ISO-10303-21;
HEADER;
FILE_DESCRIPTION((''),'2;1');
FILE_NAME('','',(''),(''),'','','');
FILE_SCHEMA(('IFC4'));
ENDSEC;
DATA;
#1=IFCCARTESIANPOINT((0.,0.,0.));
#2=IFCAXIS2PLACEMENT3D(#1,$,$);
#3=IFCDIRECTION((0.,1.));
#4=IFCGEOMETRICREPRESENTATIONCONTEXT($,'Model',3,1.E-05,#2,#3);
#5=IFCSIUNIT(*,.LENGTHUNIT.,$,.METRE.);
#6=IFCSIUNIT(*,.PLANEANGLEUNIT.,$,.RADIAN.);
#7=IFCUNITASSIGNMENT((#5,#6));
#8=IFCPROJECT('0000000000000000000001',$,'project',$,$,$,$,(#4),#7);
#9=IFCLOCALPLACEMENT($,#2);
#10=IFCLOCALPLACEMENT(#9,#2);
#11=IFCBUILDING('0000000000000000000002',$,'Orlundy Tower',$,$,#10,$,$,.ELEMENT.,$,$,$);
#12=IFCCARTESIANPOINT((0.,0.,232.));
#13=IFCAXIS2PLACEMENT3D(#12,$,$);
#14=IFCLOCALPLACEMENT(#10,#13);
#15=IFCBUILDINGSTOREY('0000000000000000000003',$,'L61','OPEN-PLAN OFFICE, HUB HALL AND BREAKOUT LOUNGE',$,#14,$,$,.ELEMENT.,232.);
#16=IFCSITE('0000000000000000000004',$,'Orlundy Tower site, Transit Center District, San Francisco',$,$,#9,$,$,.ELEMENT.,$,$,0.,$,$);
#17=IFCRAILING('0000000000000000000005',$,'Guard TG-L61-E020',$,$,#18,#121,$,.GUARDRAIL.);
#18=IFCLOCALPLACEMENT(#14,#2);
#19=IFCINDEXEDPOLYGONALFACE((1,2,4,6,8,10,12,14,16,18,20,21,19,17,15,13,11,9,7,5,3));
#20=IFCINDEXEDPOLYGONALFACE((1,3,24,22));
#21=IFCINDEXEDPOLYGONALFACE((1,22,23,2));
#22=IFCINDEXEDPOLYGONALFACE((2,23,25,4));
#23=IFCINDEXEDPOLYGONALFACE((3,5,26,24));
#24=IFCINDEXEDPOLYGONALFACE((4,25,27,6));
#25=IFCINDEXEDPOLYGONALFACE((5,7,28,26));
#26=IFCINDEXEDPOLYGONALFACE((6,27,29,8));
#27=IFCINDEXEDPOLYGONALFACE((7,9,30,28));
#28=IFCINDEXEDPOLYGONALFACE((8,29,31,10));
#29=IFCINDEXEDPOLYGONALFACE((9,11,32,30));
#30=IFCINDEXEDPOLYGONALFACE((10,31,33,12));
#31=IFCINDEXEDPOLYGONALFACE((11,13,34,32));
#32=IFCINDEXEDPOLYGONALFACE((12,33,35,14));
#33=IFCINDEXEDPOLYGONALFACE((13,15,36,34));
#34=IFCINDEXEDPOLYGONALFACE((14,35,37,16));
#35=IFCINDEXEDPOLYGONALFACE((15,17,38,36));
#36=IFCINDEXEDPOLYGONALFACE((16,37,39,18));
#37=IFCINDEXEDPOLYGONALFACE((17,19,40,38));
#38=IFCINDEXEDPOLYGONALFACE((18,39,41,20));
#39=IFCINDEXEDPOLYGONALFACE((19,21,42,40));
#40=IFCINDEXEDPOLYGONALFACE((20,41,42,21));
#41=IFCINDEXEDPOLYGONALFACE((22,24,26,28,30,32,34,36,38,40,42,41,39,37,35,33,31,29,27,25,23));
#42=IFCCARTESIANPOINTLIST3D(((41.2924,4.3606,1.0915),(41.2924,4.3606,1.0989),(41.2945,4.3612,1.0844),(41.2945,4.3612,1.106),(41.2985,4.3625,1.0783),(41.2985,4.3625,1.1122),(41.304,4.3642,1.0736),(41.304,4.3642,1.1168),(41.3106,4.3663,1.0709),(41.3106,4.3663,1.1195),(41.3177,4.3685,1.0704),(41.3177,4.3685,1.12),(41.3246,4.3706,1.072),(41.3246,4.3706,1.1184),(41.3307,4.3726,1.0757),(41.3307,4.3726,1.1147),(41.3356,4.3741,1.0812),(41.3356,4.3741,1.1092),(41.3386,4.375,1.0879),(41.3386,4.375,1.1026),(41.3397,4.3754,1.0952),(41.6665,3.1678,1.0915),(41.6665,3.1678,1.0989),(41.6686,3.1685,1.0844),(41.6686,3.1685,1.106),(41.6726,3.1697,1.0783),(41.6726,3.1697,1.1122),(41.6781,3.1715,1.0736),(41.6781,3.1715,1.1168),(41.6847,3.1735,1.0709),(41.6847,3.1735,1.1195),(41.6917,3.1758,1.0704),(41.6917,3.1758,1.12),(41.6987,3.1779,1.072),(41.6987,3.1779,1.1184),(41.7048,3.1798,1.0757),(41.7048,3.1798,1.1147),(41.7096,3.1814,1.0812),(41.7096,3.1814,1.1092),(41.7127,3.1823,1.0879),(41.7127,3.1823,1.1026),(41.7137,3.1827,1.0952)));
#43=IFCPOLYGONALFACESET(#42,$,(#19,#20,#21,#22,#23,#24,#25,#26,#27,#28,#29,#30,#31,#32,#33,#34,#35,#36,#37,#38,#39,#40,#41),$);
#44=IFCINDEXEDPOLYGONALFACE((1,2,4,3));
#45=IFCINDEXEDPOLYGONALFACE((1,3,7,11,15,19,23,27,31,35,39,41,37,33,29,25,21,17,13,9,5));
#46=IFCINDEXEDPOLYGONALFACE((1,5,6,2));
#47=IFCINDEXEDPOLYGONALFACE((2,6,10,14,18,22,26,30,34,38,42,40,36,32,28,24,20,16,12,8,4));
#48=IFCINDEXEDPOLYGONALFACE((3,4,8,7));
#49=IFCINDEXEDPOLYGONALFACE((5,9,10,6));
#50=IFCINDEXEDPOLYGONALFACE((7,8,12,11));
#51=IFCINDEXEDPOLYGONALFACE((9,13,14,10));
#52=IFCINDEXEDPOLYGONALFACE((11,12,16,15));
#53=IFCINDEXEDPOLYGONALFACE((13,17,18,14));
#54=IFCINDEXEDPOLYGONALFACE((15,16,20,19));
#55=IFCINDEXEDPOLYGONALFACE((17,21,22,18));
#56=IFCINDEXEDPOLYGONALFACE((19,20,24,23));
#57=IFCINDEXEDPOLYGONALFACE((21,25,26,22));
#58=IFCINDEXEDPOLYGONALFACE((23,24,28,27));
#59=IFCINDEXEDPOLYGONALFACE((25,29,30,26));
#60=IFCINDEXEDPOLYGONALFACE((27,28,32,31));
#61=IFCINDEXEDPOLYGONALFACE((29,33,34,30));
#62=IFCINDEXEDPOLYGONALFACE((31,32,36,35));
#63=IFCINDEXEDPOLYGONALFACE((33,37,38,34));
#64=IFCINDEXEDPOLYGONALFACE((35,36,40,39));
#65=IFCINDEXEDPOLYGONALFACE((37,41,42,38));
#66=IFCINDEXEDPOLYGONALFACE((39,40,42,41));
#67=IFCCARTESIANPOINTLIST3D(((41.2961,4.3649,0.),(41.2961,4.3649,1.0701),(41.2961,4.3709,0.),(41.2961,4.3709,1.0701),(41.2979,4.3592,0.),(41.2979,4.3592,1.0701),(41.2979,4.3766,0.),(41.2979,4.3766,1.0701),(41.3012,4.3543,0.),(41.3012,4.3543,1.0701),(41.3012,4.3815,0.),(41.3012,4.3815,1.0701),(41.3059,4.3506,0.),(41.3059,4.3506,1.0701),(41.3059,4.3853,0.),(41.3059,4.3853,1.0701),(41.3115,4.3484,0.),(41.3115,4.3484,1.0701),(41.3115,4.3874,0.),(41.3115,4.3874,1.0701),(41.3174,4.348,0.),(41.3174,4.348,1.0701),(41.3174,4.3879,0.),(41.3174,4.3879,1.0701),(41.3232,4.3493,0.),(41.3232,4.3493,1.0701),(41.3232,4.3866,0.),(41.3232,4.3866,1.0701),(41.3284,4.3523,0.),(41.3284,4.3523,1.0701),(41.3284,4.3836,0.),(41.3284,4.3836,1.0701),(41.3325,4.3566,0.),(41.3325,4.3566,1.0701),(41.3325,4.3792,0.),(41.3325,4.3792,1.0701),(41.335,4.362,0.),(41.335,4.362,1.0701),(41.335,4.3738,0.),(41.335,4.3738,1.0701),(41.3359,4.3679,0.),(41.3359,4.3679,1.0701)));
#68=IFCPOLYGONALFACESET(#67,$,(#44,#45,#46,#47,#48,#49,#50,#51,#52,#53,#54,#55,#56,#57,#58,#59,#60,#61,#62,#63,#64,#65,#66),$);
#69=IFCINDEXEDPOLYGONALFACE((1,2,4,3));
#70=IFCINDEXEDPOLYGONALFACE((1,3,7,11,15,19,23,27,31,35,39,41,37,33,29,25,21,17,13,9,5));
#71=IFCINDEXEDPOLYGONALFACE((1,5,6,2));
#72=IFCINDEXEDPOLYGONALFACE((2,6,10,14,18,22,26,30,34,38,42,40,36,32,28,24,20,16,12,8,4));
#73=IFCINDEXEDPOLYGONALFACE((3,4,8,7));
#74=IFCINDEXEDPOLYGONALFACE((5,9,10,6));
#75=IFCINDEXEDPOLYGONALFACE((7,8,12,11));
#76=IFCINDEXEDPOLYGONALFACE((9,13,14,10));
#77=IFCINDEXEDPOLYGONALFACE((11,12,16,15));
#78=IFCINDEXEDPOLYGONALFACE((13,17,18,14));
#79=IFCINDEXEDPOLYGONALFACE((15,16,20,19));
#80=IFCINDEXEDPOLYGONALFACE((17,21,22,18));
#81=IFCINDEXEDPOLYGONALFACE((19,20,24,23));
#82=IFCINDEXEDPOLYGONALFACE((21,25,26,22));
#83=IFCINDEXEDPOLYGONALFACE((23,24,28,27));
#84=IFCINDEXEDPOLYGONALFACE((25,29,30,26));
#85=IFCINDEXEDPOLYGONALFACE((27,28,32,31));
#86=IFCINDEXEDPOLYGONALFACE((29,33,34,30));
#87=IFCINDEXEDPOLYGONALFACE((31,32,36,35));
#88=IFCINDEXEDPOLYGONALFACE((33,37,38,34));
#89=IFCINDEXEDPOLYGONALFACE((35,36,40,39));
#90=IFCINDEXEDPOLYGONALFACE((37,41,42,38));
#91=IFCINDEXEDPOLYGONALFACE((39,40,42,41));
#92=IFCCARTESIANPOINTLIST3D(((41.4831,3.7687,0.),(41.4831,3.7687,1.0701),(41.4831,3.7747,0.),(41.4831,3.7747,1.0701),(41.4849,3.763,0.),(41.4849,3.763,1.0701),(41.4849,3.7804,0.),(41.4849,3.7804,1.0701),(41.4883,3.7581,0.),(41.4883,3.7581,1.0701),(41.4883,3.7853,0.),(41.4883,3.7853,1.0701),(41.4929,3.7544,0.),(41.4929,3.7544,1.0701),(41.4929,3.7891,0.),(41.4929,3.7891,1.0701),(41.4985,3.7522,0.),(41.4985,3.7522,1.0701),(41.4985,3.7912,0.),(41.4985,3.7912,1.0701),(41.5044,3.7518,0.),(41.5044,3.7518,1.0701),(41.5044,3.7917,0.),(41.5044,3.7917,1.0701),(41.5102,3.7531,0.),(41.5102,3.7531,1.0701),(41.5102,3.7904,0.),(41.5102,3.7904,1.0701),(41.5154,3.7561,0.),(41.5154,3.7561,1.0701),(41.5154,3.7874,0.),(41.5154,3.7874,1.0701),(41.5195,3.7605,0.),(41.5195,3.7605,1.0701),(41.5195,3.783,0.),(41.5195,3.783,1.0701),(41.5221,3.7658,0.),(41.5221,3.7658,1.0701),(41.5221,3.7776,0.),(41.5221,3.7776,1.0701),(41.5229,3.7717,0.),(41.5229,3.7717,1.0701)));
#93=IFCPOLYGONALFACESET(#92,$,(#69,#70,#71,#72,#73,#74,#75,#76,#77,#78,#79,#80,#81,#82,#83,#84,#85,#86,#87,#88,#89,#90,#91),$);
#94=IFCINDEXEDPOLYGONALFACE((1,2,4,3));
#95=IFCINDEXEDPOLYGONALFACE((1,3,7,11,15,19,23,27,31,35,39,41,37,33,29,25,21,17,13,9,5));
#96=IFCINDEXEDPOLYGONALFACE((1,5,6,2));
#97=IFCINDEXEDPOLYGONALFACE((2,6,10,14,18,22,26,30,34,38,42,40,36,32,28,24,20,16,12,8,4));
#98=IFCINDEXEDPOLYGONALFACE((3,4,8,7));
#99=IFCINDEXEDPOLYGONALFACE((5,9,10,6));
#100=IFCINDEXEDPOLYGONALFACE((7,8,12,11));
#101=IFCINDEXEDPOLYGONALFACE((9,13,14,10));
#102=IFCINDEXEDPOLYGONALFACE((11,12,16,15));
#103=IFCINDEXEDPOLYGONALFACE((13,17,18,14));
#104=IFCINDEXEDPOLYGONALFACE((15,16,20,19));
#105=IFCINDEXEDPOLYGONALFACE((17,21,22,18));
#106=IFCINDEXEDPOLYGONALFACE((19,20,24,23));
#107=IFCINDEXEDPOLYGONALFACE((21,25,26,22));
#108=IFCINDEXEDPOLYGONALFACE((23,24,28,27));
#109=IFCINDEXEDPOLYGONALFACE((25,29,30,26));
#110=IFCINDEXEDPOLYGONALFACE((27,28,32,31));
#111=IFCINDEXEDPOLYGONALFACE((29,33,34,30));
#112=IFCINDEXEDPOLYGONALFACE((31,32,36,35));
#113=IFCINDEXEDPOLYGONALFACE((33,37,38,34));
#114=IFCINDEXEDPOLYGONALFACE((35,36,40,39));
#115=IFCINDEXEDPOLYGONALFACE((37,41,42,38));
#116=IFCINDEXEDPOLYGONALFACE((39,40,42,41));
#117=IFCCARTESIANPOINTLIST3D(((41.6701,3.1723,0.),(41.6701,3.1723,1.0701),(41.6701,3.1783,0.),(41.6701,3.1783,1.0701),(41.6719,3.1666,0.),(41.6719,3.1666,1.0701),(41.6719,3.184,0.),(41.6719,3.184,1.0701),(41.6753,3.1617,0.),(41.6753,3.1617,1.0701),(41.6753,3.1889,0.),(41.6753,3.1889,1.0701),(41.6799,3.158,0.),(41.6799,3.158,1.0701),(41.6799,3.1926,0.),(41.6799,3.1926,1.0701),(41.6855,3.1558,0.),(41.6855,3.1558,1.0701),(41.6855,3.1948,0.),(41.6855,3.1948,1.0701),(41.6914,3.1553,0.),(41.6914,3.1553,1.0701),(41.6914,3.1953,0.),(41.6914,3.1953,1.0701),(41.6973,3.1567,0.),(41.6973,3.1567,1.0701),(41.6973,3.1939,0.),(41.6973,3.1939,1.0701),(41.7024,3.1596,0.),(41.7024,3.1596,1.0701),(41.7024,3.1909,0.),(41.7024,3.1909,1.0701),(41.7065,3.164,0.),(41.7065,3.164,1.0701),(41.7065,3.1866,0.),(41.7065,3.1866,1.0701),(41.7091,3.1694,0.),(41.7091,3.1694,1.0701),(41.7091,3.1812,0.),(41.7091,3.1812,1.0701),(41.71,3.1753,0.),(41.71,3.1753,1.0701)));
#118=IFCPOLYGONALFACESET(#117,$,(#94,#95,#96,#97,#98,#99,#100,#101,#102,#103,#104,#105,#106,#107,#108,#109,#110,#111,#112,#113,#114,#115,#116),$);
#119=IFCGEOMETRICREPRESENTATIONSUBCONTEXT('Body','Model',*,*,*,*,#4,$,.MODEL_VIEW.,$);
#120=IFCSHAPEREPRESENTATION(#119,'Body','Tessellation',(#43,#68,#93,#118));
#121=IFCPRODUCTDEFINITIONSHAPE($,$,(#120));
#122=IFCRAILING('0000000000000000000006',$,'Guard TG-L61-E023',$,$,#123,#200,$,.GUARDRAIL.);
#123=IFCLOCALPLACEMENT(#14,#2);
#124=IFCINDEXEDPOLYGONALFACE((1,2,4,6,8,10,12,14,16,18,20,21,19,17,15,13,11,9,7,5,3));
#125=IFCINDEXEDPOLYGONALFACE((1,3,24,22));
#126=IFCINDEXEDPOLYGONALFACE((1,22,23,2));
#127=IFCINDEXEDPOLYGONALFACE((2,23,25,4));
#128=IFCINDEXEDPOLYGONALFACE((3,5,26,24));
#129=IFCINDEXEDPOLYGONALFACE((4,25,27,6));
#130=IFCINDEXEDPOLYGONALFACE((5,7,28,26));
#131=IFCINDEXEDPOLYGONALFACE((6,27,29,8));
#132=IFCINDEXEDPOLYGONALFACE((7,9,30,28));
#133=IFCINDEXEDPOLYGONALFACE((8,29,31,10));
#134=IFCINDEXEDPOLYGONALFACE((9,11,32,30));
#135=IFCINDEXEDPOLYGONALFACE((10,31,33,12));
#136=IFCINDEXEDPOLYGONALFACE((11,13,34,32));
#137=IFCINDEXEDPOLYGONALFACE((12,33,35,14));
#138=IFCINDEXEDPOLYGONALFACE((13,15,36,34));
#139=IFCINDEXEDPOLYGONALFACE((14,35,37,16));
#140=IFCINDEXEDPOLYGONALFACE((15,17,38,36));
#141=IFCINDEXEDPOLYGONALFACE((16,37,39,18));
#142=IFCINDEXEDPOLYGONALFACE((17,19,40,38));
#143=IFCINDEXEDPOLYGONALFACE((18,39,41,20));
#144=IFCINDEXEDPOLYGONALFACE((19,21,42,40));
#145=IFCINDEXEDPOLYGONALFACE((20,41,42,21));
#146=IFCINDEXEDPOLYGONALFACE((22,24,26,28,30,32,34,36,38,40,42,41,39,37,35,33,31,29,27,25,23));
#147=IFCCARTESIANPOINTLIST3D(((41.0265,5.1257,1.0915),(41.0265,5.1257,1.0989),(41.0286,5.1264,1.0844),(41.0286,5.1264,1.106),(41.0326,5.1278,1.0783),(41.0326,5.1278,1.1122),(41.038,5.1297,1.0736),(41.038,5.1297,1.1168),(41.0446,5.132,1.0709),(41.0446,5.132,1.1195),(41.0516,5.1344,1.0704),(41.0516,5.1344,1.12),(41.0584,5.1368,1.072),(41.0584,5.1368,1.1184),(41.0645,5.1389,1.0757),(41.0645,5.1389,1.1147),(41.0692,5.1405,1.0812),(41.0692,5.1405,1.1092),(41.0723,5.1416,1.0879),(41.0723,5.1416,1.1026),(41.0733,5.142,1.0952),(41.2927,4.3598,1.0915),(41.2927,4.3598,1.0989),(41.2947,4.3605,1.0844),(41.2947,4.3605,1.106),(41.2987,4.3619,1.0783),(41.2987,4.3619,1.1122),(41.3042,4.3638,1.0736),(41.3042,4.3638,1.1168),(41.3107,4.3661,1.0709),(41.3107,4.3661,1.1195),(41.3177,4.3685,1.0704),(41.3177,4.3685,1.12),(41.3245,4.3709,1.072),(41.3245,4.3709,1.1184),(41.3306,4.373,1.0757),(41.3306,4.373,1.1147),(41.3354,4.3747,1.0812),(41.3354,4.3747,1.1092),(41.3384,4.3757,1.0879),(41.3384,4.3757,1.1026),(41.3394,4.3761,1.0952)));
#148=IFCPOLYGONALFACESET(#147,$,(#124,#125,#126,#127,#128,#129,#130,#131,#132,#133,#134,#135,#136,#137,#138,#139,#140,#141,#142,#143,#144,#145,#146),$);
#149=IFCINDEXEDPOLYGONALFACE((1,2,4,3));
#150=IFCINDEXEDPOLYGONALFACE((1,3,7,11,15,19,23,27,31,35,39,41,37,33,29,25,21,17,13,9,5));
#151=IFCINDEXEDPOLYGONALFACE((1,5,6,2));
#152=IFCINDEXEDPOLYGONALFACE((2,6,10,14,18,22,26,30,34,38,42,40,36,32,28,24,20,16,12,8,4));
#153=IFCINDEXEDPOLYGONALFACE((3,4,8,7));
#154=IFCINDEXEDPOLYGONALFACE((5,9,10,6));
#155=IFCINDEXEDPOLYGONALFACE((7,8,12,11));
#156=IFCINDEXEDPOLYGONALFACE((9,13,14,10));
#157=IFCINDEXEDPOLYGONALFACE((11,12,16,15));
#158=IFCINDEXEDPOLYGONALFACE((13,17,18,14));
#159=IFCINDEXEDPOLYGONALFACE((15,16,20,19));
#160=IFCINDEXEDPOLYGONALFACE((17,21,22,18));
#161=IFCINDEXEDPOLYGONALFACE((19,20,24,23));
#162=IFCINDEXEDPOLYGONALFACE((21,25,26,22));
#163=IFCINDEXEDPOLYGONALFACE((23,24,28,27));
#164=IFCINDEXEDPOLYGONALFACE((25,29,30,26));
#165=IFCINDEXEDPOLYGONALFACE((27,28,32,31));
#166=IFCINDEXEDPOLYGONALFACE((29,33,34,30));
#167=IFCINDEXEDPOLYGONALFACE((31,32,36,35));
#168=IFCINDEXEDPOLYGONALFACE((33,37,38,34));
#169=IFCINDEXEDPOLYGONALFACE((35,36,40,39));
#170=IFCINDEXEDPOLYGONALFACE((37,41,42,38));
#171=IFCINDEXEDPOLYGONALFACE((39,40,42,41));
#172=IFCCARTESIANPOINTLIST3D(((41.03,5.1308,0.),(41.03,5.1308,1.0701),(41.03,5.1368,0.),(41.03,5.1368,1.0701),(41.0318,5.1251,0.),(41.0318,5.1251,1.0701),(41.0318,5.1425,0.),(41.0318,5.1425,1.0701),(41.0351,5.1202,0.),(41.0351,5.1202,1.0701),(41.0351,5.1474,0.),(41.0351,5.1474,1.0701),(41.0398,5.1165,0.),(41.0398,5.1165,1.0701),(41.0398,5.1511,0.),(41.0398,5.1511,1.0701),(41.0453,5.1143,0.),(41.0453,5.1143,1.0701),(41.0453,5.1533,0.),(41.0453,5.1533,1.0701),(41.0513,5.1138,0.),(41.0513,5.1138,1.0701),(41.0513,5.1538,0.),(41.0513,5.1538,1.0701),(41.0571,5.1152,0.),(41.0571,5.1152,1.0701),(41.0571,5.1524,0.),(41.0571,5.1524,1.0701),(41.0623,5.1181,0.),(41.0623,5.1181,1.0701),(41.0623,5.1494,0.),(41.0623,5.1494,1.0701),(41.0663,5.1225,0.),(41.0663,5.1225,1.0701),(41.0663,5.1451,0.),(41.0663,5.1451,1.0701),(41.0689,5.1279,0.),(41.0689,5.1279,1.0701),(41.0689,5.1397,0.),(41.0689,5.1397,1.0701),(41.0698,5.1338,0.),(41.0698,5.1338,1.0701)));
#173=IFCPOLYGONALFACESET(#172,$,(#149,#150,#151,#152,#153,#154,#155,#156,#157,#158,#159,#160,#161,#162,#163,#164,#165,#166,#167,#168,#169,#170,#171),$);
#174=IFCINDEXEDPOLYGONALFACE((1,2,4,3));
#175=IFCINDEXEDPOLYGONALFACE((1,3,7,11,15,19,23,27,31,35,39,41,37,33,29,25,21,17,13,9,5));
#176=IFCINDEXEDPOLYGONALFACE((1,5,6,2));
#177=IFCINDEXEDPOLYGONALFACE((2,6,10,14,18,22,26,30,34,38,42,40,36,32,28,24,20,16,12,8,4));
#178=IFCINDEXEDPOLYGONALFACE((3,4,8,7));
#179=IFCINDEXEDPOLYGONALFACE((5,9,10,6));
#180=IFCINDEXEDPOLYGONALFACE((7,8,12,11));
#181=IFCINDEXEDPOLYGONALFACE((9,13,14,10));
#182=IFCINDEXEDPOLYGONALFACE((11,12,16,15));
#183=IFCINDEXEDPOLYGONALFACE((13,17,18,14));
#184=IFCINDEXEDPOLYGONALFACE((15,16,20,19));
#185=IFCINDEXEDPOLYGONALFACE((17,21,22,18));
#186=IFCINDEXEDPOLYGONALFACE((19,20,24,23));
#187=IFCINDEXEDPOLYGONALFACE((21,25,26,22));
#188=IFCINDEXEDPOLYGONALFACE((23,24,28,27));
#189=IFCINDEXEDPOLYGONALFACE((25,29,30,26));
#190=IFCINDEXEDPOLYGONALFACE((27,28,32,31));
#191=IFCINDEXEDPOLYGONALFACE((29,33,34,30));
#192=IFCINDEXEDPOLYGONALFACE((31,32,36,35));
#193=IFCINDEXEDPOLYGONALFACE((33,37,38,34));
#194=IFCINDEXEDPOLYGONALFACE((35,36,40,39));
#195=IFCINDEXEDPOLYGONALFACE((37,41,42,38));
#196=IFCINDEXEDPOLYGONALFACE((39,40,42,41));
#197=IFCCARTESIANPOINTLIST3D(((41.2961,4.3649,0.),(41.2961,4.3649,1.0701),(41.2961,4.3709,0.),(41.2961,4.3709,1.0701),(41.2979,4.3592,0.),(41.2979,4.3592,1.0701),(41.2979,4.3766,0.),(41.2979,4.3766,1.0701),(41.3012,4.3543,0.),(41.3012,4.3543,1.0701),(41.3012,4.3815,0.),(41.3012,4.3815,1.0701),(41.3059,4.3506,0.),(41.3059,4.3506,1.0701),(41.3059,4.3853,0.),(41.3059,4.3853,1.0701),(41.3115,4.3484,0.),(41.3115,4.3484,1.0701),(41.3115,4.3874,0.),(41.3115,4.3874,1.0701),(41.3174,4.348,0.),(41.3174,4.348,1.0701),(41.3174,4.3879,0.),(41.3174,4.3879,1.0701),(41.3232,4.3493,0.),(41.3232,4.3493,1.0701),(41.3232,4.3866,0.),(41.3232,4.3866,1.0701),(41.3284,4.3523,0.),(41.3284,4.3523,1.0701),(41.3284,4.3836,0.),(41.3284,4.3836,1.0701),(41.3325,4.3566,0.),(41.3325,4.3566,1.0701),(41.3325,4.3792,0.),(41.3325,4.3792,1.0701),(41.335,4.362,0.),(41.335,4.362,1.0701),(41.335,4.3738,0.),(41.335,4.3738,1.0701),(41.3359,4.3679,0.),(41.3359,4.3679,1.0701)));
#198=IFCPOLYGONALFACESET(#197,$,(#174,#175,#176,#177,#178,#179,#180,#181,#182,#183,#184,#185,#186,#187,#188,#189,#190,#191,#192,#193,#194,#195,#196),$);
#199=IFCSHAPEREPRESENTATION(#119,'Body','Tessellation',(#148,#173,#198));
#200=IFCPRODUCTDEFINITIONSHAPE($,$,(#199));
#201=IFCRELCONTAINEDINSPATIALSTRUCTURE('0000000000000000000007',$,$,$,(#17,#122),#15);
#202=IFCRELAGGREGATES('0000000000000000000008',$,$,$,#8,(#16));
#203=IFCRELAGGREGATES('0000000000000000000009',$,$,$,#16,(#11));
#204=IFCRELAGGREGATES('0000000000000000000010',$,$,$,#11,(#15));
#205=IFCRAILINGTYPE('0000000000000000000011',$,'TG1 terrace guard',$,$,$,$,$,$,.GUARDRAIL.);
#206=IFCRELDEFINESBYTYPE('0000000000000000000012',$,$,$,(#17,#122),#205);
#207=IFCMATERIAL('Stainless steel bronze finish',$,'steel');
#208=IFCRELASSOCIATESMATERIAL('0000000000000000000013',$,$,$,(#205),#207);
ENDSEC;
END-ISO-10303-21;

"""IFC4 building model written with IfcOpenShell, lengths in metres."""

from ifc_helpers import new_model, si_unit, direction, frame, origin, origin_2d, place, context, subcontext, project, spatial, circle, extrude, material, type_object, element, save


model = new_model("IFC4")

# Units and contexts
model_context = context("Model", 3, precision=1e-05, world=origin(), true_north=direction((0.0, 1.0)))
body_context = subcontext(model_context, "Body", "Model", "MODEL_VIEW")
ifc_project = project(units=[si_unit("LENGTHUNIT", "METRE"), si_unit("PLANEANGLEUNIT", "RADIAN")], contexts=[model_context])

# Site, building, storey
site_placement = place(None, origin())
site = spatial("IfcSite", under=ifc_project, at=site_placement, Name="Orlundy Tower site, Transit Center District, San Francisco", CompositionType="ELEMENT", RefElevation=0.0)
building_placement = place(site_placement, origin())
building = spatial("IfcBuilding", under=site, at=building_placement, Name="Orlundy Tower", CompositionType="ELEMENT")
storey_placement = place(building_placement, frame((0.0, 0.0, 232.0)))
storey = spatial("IfcBuildingStorey", under=building, at=storey_placement, Name="L61", Description="OPEN-PLAN OFFICE, HUB HALL AND BREAKOUT LOUNGE", CompositionType="ELEMENT", Elevation=232.0)

# Railings
ifc_material_1 = material(Name="Stainless steel bronze finish", Category="steel")
railing_type = type_object("IfcRailingType", Name="TG1 terrace guard", PredefinedType="GUARDRAIL", material=ifc_material_1)
railing_1_placement = place(storey_placement, frame((41.3159, 4.3679, 0.0)))
element("IfcRailing", 1, at=railing_1_placement, inside=storey, type_object=railing_type, Name="Guard TG-L61-E020", PredefinedType="GUARDRAIL", context=body_context, shape_type="SweptSolid", body=[
    extrude(circle(Radius=0.0249, at=origin_2d()), frame((0.0, 0.0, 1.0952), z_axis=(0.299242, -0.954177, 0.0), x_axis=(0.954177, 0.299242, 0.0)), (0.0, 0.0, 1.0), 1.25),
    extrude(circle(Radius=0.02, at=origin_2d()), origin(), (0.0, 0.0, 1.0), 1.0701),
    extrude(circle(Radius=0.02, at=origin_2d()), frame((0.187, -0.5962, 0.0)), (0.0, 0.0, 1.0), 1.0701),
    extrude(circle(Radius=0.02, at=origin_2d()), frame((0.374, -1.1926, 0.0)), (0.0, 0.0, 1.0), 1.0701),
])
railing_2_placement = place(storey_placement, frame((41.0498, 5.1338, 0.0)))
element("IfcRailing", 2, at=railing_2_placement, inside=storey, type_object=railing_type, Name="Guard TG-L61-E023", PredefinedType="GUARDRAIL", context=body_context, shape_type="SweptSolid", body=[
    extrude(circle(Radius=0.0249, at=origin_2d()), frame((0.0, 0.0, 1.0952), z_axis=(0.328217, -0.944602, 0.0), x_axis=(0.944602, 0.328217, 0.0)), (0.0, 0.0, 1.0), 0.8108),
    extrude(circle(Radius=0.02, at=origin_2d()), origin(), (0.0, 0.0, 1.0), 1.0701),
    extrude(circle(Radius=0.02, at=origin_2d()), frame((0.2661, -0.7659, 0.0)), (0.0, 0.0, 1.0), 1.0701),
])

save(model, "model.ifc")
